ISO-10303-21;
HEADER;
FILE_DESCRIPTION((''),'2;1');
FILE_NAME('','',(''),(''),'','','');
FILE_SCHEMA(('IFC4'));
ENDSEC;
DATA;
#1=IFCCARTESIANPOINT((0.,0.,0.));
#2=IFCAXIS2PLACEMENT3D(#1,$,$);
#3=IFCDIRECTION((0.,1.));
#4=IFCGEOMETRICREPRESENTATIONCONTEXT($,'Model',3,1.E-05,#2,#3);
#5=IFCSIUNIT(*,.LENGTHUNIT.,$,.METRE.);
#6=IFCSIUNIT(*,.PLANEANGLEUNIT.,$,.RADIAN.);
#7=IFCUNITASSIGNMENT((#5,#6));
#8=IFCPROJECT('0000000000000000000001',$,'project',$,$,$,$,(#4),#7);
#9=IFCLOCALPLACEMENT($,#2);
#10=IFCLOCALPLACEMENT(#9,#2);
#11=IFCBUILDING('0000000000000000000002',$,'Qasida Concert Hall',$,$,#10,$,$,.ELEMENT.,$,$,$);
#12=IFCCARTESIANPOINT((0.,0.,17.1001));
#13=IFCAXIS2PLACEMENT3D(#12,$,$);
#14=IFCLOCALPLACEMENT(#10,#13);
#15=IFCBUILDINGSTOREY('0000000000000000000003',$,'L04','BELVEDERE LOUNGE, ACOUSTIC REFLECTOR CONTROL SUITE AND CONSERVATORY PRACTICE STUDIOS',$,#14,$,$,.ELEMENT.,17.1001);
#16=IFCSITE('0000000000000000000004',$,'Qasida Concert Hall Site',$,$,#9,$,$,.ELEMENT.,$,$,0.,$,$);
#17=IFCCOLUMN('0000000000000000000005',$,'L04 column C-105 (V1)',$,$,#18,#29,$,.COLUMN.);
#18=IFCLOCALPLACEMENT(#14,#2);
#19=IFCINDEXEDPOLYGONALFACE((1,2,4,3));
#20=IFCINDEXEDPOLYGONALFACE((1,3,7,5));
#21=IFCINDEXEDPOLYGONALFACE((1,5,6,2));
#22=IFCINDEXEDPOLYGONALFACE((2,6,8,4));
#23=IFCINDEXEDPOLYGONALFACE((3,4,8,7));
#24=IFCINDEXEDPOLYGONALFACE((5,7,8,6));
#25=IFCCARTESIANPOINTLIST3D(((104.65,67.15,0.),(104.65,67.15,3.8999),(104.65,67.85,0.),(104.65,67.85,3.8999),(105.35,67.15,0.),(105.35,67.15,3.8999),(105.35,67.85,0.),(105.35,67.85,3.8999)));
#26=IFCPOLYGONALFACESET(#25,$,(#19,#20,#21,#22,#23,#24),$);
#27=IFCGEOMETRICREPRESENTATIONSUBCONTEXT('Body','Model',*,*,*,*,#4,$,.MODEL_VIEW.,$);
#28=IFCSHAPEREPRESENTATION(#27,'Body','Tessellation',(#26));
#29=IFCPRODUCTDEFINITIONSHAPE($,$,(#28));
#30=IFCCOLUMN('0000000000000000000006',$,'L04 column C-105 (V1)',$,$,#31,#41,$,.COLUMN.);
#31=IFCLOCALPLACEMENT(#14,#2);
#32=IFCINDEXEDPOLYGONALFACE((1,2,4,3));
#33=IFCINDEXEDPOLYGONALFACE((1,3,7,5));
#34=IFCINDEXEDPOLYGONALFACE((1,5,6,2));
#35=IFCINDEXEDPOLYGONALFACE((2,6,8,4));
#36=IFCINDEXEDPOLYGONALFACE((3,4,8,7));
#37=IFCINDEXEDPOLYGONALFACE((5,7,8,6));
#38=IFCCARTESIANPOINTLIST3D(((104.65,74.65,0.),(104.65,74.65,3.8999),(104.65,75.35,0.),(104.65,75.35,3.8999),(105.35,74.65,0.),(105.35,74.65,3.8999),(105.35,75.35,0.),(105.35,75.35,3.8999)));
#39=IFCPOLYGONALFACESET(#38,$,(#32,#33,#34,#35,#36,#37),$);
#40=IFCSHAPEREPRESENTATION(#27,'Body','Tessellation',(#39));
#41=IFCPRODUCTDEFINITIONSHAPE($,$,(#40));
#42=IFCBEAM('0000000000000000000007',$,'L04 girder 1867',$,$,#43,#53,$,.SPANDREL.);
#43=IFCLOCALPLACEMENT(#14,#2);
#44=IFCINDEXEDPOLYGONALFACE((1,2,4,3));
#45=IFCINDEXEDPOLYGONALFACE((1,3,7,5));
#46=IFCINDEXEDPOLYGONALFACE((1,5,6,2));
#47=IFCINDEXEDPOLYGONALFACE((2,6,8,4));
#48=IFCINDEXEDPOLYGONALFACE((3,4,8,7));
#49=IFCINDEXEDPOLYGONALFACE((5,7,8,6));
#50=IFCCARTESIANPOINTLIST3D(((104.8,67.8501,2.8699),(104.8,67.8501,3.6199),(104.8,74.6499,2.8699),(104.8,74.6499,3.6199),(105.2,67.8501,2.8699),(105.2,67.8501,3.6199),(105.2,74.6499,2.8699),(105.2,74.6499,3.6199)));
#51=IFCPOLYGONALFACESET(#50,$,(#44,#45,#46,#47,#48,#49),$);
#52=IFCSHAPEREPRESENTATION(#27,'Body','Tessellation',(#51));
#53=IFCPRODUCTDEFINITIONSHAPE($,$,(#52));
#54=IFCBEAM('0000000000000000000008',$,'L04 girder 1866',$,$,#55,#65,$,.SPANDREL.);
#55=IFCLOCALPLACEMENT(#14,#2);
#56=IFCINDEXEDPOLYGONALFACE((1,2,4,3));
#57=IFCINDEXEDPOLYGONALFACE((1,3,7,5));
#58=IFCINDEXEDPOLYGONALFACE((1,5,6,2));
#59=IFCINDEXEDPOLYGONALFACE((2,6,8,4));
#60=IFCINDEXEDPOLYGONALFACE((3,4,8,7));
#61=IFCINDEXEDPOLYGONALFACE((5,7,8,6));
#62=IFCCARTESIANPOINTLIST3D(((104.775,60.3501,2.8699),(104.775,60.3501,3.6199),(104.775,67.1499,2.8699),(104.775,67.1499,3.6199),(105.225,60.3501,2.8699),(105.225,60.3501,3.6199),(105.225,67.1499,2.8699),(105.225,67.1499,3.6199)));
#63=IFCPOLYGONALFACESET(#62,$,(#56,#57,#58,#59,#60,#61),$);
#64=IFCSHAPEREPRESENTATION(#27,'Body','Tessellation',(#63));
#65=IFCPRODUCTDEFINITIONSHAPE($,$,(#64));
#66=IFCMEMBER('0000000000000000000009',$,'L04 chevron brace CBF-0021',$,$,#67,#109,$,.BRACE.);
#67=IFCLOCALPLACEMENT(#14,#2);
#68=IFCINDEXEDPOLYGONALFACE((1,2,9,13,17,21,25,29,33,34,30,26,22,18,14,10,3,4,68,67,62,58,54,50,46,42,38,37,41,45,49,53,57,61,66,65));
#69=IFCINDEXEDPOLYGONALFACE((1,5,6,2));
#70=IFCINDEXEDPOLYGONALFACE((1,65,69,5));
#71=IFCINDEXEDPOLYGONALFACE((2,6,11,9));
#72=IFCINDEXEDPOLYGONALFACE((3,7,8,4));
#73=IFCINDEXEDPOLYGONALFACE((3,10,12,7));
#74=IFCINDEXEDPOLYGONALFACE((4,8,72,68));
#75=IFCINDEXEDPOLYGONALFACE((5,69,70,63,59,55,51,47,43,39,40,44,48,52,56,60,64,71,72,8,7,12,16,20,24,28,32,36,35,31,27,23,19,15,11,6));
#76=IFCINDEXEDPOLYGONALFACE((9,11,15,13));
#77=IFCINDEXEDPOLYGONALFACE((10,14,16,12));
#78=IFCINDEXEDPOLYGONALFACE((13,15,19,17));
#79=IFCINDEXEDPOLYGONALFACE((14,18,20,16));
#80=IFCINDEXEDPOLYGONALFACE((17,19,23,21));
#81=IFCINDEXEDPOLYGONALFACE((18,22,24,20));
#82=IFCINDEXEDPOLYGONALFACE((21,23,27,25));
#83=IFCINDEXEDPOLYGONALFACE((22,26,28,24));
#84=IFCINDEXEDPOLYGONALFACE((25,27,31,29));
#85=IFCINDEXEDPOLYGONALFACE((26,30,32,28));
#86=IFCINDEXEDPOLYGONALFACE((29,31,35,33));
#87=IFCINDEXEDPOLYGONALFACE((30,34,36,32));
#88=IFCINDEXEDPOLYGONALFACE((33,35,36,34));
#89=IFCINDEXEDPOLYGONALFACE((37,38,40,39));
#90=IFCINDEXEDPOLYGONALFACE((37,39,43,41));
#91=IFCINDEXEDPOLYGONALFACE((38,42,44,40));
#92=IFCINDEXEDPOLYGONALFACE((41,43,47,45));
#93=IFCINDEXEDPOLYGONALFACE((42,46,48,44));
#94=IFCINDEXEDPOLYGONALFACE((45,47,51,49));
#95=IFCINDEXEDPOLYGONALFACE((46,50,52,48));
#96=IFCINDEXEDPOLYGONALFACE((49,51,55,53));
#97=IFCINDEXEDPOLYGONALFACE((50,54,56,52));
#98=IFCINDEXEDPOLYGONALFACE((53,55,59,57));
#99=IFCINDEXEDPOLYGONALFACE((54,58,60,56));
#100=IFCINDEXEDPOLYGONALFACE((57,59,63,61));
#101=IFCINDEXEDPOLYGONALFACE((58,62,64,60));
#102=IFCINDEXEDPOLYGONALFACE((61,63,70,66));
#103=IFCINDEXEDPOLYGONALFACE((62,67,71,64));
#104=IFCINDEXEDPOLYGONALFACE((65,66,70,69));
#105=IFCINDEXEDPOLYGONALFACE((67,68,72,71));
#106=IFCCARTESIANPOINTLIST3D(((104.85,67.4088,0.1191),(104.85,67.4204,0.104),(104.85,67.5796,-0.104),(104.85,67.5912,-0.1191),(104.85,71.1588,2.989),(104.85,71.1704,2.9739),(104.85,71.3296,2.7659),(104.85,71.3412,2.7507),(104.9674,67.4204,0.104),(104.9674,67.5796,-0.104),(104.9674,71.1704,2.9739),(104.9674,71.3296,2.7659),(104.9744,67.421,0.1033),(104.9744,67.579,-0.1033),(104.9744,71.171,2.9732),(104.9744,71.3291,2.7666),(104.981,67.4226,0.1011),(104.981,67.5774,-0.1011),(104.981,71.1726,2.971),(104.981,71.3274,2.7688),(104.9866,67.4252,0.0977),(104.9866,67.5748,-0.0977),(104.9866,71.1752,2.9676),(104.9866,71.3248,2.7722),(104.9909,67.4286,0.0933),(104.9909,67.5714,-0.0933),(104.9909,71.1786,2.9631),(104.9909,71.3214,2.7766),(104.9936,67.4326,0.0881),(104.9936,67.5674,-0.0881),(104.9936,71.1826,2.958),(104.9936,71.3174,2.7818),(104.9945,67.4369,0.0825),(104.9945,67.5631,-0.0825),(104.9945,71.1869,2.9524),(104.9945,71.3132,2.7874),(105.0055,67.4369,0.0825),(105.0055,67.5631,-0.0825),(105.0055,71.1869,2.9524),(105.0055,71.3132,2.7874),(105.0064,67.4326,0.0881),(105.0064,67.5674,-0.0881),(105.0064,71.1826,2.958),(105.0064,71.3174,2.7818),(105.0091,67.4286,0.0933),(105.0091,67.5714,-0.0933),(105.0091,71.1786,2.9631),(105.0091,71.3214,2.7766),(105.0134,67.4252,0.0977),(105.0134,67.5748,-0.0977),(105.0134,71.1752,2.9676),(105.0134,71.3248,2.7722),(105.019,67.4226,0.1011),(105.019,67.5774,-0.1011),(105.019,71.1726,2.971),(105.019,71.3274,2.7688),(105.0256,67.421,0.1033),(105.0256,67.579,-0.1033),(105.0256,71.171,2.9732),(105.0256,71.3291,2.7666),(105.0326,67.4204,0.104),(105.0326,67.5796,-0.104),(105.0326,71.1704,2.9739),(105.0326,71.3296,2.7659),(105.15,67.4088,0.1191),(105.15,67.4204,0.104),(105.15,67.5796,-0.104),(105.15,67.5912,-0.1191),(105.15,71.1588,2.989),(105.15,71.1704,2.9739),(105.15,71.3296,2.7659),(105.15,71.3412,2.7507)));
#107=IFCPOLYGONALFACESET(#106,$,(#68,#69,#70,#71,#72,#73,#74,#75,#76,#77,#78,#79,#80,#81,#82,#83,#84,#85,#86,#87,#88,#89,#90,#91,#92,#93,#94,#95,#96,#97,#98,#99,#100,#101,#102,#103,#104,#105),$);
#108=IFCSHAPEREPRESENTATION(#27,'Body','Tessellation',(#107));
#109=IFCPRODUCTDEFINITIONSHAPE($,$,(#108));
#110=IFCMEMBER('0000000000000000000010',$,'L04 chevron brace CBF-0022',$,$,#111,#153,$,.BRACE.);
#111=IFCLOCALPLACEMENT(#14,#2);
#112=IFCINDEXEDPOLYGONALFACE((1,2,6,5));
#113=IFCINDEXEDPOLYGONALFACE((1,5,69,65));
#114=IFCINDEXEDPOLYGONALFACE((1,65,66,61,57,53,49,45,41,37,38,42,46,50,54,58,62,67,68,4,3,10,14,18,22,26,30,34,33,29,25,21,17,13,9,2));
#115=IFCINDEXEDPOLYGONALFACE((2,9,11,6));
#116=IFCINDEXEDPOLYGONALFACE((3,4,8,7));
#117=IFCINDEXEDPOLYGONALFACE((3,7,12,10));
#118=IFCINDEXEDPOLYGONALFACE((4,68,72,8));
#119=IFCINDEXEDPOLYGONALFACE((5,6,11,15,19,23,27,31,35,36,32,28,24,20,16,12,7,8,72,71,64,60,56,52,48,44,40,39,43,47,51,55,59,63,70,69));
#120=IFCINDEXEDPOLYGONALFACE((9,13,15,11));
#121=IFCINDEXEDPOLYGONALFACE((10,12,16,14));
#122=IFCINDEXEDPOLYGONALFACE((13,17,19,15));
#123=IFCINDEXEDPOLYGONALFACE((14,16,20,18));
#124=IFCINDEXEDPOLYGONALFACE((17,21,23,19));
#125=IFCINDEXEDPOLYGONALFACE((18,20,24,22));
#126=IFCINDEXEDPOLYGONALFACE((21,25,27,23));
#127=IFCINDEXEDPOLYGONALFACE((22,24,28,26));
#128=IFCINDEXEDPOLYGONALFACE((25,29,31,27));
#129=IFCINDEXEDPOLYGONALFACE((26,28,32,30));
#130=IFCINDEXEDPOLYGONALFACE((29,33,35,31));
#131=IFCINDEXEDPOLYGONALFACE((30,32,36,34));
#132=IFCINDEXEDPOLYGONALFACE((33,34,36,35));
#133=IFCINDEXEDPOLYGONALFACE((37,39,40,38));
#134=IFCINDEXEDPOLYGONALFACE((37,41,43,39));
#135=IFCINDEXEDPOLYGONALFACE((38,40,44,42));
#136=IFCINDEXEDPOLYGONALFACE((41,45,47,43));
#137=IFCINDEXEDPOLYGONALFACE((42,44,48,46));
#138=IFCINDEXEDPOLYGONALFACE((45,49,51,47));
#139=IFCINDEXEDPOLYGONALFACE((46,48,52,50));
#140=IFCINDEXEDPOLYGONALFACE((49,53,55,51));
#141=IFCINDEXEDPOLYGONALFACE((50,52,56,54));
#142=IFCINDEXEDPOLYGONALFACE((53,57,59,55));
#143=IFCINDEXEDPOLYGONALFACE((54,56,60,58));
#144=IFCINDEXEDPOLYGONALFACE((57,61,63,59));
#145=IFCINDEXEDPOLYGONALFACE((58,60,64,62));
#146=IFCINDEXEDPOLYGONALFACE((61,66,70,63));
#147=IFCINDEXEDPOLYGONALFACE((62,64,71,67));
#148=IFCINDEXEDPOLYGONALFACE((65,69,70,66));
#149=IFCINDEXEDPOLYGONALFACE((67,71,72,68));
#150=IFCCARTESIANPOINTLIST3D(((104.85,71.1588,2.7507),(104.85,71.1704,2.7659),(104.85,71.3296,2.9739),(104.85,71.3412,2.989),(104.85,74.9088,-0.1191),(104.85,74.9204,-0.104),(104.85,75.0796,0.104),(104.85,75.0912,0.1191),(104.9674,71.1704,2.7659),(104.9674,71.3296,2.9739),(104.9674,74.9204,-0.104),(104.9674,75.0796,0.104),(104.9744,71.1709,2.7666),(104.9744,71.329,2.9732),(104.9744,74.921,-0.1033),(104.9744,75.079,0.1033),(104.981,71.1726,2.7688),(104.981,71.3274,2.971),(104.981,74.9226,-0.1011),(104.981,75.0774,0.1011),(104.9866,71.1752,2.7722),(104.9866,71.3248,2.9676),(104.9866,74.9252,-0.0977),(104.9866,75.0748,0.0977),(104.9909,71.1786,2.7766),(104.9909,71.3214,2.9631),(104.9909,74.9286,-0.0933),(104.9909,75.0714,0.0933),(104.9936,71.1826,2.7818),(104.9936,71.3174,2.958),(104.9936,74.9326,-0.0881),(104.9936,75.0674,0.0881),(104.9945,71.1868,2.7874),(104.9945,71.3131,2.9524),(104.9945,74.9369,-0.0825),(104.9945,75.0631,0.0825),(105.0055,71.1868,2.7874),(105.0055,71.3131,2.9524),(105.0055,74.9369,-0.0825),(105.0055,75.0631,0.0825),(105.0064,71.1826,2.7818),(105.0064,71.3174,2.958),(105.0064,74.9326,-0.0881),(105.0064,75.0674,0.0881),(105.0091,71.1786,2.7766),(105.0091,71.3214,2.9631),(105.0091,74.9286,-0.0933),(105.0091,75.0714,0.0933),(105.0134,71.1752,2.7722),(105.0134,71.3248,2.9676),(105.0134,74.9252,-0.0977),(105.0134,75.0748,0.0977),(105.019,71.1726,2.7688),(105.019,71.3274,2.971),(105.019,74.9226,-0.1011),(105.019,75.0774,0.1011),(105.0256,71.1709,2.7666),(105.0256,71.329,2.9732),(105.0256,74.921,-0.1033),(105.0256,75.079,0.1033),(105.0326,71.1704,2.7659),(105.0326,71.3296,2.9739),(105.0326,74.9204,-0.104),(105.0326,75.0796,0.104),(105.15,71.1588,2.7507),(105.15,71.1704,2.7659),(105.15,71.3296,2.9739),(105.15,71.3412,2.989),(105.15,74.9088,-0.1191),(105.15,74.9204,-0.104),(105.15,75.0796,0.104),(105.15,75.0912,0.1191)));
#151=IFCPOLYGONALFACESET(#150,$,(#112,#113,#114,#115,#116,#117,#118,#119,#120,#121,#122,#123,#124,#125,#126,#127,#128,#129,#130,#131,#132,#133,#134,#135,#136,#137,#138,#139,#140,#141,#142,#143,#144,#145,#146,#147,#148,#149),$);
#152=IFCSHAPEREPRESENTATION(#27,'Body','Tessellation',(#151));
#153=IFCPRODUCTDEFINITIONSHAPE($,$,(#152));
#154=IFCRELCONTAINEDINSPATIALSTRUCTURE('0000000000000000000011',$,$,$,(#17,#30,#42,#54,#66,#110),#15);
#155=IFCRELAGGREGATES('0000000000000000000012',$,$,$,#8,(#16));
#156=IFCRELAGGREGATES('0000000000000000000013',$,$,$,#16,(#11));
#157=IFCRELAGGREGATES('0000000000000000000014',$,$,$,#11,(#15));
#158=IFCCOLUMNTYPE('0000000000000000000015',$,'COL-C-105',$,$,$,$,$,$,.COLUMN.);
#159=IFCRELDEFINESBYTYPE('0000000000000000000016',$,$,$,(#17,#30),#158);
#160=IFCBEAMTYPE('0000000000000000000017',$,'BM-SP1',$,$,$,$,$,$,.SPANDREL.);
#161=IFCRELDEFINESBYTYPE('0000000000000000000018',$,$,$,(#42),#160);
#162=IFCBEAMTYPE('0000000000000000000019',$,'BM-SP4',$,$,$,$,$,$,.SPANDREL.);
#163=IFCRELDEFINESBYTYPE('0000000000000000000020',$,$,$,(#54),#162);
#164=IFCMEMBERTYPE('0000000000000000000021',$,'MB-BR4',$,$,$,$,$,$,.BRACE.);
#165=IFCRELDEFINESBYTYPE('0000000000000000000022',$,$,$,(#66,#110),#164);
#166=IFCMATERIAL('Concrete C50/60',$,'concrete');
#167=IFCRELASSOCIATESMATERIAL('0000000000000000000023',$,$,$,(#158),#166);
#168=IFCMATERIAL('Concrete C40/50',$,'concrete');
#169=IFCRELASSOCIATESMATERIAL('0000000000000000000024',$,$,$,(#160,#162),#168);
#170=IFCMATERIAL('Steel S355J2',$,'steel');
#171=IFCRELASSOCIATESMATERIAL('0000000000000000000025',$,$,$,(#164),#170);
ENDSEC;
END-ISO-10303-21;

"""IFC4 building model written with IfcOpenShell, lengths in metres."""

from ifc_helpers import new_model, si_unit, direction, frame, origin, origin_2d, place, context, subcontext, project, spatial, rectangle, i_section, extrude, material, material_profile, profile_set, type_object, element, save


model = new_model("IFC4")

# Units and contexts
model_context = context("Model", 3, precision=1e-05, world=origin(), true_north=direction((0.0, 1.0)))
body_context = subcontext(model_context, "Body", "Model", "MODEL_VIEW")
ifc_project = project(units=[si_unit("LENGTHUNIT", "METRE"), si_unit("PLANEANGLEUNIT", "RADIAN")], contexts=[model_context])

# Site, building, storey
site_placement = place(None, origin())
site = spatial("IfcSite", under=ifc_project, at=site_placement, Name="Qasida Concert Hall Site", CompositionType="ELEMENT", RefElevation=0.0)
building_placement = place(site_placement, origin())
building = spatial("IfcBuilding", under=site, at=building_placement, Name="Qasida Concert Hall", CompositionType="ELEMENT")
storey_placement = place(building_placement, frame((0.0, 0.0, 17.1001)))
storey = spatial("IfcBuildingStorey", under=building, at=storey_placement, Name="L04", Description="BELVEDERE LOUNGE, ACOUSTIC REFLECTOR CONTROL SUITE AND CONSERVATORY PRACTICE STUDIOS", CompositionType="ELEMENT", Elevation=17.1001)

# Columns
ifc_material_1 = material(Name="Concrete C50/60", Category="concrete")
ifc_material_profile_1 = material_profile(ifc_material_1, rectangle(XDim=0.7, YDim=0.7, at=origin_2d()), Name="RC 700x700")
ifc_profile_set_1 = profile_set([ifc_material_profile_1], Name="Concrete C50/60")
column_type = type_object("IfcColumnType", Name="COL-C-105", PredefinedType="COLUMN", material=ifc_profile_set_1)
for number, where, z_axis, x_axis, name in (
    (1, (105.0, 67.5, 0.0), (0.0, 0.0, 1.0), (1.0, 0.0, 0.0), "L04 column C-105 (V1)"),
    (2, (105.0, 75.0, 0.0), (0.0, 0.0, 1.0), (1.0, 0.0, 0.0), "L04 column C-105 (V1)"),
):
    element("IfcColumn", number, at=place(storey_placement, frame(where, z_axis=z_axis, x_axis=x_axis)), inside=storey, type_object=column_type, Name=name, PredefinedType="COLUMN", context=body_context, shape_type="SweptSolid", body=[
        extrude(rectangle(XDim=0.7, YDim=0.7, at=origin_2d()), origin(), (0.0, 0.0, 1.0), 3.8999),
    ])

# Beams
ifc_material_2 = material(Name="Concrete C40/50", Category="concrete")
ifc_material_profile_2 = material_profile(ifc_material_2, rectangle(XDim=0.3999, YDim=0.75, at=origin_2d()), Name="RC 400x750")
ifc_profile_set_2 = profile_set([ifc_material_profile_2], Name="Concrete C40/50")
beam_type_1 = type_object("IfcBeamType", Name="BM-SP1", PredefinedType="SPANDREL", material=ifc_profile_set_2)
beam_1_placement = place(storey_placement, frame((105.0, 67.8501, 3.2449), z_axis=(0.0, 1.0, 0.0), x_axis=(-1.0, 0.0, 0.0)))
element("IfcBeam", 3, at=beam_1_placement, inside=storey, type_object=beam_type_1, Name="L04 girder 1867", PredefinedType="SPANDREL", context=body_context, shape_type="SweptSolid", body=[
    extrude(rectangle(XDim=0.3999, YDim=0.75, at=origin_2d()), origin(), (0.0, 0.0, 1.0), 6.7998),
])
ifc_material_profile_3 = material_profile(ifc_material_2, rectangle(XDim=0.45, YDim=0.75, at=origin_2d()), Name="RC 450x750")
ifc_profile_set_3 = profile_set([ifc_material_profile_3], Name="Concrete C40/50")
beam_type_2 = type_object("IfcBeamType", Name="BM-SP4", PredefinedType="SPANDREL", material=ifc_profile_set_3)
beam_2_placement = place(storey_placement, frame((105.0, 60.3501, 3.2449), z_axis=(0.0, 1.0, 0.0), x_axis=(-1.0, 0.0, 0.0)))
element("IfcBeam", 4, at=beam_2_placement, inside=storey, type_object=beam_type_2, Name="L04 girder 1866", PredefinedType="SPANDREL", context=body_context, shape_type="SweptSolid", body=[
    extrude(rectangle(XDim=0.45, YDim=0.75, at=origin_2d()), origin(), (0.0, 0.0, 1.0), 6.7998),
])

# Members
ifc_material_3 = material(Name="Steel S355J2", Category="steel")
ifc_material_profile_4 = material_profile(ifc_material_3, i_section(OverallWidth=0.3, OverallDepth=0.3, WebThickness=0.011, FlangeThickness=0.019, FilletRadius=0.0271, at=origin_2d()), Name="HEB 300")
ifc_profile_set_4 = profile_set([ifc_material_profile_4], Name="Steel S355J2")
member_type_1 = type_object("IfcMemberType", Name="MB-BR4", PredefinedType="BRACE", material=ifc_profile_set_4)
for number, where, z_axis, x_axis, name in (
    (5, (105.0, 67.5, 0.0), (0.0, 0.79413, 0.607748), (-1.0, 0.0, 0.0), "L04 chevron brace CBF-0021"),
    (6, (105.0, 75.0, 0.0), (0.0, -0.79413, 0.607748), (1.0, 0.0, 0.0), "L04 chevron brace CBF-0022"),
):
    element("IfcMember", number, at=place(storey_placement, frame(where, z_axis=z_axis, x_axis=x_axis)), inside=storey, type_object=member_type_1, Name=name, PredefinedType="BRACE", context=body_context, shape_type="SweptSolid", body=[
        extrude(i_section(OverallWidth=0.3, OverallDepth=0.3, WebThickness=0.011, FlangeThickness=0.019, FilletRadius=0.0271, at=origin_2d()), origin(), (0.0, 0.0, 1.0), 4.7222),
    ])

save(model, "model.ifc")
